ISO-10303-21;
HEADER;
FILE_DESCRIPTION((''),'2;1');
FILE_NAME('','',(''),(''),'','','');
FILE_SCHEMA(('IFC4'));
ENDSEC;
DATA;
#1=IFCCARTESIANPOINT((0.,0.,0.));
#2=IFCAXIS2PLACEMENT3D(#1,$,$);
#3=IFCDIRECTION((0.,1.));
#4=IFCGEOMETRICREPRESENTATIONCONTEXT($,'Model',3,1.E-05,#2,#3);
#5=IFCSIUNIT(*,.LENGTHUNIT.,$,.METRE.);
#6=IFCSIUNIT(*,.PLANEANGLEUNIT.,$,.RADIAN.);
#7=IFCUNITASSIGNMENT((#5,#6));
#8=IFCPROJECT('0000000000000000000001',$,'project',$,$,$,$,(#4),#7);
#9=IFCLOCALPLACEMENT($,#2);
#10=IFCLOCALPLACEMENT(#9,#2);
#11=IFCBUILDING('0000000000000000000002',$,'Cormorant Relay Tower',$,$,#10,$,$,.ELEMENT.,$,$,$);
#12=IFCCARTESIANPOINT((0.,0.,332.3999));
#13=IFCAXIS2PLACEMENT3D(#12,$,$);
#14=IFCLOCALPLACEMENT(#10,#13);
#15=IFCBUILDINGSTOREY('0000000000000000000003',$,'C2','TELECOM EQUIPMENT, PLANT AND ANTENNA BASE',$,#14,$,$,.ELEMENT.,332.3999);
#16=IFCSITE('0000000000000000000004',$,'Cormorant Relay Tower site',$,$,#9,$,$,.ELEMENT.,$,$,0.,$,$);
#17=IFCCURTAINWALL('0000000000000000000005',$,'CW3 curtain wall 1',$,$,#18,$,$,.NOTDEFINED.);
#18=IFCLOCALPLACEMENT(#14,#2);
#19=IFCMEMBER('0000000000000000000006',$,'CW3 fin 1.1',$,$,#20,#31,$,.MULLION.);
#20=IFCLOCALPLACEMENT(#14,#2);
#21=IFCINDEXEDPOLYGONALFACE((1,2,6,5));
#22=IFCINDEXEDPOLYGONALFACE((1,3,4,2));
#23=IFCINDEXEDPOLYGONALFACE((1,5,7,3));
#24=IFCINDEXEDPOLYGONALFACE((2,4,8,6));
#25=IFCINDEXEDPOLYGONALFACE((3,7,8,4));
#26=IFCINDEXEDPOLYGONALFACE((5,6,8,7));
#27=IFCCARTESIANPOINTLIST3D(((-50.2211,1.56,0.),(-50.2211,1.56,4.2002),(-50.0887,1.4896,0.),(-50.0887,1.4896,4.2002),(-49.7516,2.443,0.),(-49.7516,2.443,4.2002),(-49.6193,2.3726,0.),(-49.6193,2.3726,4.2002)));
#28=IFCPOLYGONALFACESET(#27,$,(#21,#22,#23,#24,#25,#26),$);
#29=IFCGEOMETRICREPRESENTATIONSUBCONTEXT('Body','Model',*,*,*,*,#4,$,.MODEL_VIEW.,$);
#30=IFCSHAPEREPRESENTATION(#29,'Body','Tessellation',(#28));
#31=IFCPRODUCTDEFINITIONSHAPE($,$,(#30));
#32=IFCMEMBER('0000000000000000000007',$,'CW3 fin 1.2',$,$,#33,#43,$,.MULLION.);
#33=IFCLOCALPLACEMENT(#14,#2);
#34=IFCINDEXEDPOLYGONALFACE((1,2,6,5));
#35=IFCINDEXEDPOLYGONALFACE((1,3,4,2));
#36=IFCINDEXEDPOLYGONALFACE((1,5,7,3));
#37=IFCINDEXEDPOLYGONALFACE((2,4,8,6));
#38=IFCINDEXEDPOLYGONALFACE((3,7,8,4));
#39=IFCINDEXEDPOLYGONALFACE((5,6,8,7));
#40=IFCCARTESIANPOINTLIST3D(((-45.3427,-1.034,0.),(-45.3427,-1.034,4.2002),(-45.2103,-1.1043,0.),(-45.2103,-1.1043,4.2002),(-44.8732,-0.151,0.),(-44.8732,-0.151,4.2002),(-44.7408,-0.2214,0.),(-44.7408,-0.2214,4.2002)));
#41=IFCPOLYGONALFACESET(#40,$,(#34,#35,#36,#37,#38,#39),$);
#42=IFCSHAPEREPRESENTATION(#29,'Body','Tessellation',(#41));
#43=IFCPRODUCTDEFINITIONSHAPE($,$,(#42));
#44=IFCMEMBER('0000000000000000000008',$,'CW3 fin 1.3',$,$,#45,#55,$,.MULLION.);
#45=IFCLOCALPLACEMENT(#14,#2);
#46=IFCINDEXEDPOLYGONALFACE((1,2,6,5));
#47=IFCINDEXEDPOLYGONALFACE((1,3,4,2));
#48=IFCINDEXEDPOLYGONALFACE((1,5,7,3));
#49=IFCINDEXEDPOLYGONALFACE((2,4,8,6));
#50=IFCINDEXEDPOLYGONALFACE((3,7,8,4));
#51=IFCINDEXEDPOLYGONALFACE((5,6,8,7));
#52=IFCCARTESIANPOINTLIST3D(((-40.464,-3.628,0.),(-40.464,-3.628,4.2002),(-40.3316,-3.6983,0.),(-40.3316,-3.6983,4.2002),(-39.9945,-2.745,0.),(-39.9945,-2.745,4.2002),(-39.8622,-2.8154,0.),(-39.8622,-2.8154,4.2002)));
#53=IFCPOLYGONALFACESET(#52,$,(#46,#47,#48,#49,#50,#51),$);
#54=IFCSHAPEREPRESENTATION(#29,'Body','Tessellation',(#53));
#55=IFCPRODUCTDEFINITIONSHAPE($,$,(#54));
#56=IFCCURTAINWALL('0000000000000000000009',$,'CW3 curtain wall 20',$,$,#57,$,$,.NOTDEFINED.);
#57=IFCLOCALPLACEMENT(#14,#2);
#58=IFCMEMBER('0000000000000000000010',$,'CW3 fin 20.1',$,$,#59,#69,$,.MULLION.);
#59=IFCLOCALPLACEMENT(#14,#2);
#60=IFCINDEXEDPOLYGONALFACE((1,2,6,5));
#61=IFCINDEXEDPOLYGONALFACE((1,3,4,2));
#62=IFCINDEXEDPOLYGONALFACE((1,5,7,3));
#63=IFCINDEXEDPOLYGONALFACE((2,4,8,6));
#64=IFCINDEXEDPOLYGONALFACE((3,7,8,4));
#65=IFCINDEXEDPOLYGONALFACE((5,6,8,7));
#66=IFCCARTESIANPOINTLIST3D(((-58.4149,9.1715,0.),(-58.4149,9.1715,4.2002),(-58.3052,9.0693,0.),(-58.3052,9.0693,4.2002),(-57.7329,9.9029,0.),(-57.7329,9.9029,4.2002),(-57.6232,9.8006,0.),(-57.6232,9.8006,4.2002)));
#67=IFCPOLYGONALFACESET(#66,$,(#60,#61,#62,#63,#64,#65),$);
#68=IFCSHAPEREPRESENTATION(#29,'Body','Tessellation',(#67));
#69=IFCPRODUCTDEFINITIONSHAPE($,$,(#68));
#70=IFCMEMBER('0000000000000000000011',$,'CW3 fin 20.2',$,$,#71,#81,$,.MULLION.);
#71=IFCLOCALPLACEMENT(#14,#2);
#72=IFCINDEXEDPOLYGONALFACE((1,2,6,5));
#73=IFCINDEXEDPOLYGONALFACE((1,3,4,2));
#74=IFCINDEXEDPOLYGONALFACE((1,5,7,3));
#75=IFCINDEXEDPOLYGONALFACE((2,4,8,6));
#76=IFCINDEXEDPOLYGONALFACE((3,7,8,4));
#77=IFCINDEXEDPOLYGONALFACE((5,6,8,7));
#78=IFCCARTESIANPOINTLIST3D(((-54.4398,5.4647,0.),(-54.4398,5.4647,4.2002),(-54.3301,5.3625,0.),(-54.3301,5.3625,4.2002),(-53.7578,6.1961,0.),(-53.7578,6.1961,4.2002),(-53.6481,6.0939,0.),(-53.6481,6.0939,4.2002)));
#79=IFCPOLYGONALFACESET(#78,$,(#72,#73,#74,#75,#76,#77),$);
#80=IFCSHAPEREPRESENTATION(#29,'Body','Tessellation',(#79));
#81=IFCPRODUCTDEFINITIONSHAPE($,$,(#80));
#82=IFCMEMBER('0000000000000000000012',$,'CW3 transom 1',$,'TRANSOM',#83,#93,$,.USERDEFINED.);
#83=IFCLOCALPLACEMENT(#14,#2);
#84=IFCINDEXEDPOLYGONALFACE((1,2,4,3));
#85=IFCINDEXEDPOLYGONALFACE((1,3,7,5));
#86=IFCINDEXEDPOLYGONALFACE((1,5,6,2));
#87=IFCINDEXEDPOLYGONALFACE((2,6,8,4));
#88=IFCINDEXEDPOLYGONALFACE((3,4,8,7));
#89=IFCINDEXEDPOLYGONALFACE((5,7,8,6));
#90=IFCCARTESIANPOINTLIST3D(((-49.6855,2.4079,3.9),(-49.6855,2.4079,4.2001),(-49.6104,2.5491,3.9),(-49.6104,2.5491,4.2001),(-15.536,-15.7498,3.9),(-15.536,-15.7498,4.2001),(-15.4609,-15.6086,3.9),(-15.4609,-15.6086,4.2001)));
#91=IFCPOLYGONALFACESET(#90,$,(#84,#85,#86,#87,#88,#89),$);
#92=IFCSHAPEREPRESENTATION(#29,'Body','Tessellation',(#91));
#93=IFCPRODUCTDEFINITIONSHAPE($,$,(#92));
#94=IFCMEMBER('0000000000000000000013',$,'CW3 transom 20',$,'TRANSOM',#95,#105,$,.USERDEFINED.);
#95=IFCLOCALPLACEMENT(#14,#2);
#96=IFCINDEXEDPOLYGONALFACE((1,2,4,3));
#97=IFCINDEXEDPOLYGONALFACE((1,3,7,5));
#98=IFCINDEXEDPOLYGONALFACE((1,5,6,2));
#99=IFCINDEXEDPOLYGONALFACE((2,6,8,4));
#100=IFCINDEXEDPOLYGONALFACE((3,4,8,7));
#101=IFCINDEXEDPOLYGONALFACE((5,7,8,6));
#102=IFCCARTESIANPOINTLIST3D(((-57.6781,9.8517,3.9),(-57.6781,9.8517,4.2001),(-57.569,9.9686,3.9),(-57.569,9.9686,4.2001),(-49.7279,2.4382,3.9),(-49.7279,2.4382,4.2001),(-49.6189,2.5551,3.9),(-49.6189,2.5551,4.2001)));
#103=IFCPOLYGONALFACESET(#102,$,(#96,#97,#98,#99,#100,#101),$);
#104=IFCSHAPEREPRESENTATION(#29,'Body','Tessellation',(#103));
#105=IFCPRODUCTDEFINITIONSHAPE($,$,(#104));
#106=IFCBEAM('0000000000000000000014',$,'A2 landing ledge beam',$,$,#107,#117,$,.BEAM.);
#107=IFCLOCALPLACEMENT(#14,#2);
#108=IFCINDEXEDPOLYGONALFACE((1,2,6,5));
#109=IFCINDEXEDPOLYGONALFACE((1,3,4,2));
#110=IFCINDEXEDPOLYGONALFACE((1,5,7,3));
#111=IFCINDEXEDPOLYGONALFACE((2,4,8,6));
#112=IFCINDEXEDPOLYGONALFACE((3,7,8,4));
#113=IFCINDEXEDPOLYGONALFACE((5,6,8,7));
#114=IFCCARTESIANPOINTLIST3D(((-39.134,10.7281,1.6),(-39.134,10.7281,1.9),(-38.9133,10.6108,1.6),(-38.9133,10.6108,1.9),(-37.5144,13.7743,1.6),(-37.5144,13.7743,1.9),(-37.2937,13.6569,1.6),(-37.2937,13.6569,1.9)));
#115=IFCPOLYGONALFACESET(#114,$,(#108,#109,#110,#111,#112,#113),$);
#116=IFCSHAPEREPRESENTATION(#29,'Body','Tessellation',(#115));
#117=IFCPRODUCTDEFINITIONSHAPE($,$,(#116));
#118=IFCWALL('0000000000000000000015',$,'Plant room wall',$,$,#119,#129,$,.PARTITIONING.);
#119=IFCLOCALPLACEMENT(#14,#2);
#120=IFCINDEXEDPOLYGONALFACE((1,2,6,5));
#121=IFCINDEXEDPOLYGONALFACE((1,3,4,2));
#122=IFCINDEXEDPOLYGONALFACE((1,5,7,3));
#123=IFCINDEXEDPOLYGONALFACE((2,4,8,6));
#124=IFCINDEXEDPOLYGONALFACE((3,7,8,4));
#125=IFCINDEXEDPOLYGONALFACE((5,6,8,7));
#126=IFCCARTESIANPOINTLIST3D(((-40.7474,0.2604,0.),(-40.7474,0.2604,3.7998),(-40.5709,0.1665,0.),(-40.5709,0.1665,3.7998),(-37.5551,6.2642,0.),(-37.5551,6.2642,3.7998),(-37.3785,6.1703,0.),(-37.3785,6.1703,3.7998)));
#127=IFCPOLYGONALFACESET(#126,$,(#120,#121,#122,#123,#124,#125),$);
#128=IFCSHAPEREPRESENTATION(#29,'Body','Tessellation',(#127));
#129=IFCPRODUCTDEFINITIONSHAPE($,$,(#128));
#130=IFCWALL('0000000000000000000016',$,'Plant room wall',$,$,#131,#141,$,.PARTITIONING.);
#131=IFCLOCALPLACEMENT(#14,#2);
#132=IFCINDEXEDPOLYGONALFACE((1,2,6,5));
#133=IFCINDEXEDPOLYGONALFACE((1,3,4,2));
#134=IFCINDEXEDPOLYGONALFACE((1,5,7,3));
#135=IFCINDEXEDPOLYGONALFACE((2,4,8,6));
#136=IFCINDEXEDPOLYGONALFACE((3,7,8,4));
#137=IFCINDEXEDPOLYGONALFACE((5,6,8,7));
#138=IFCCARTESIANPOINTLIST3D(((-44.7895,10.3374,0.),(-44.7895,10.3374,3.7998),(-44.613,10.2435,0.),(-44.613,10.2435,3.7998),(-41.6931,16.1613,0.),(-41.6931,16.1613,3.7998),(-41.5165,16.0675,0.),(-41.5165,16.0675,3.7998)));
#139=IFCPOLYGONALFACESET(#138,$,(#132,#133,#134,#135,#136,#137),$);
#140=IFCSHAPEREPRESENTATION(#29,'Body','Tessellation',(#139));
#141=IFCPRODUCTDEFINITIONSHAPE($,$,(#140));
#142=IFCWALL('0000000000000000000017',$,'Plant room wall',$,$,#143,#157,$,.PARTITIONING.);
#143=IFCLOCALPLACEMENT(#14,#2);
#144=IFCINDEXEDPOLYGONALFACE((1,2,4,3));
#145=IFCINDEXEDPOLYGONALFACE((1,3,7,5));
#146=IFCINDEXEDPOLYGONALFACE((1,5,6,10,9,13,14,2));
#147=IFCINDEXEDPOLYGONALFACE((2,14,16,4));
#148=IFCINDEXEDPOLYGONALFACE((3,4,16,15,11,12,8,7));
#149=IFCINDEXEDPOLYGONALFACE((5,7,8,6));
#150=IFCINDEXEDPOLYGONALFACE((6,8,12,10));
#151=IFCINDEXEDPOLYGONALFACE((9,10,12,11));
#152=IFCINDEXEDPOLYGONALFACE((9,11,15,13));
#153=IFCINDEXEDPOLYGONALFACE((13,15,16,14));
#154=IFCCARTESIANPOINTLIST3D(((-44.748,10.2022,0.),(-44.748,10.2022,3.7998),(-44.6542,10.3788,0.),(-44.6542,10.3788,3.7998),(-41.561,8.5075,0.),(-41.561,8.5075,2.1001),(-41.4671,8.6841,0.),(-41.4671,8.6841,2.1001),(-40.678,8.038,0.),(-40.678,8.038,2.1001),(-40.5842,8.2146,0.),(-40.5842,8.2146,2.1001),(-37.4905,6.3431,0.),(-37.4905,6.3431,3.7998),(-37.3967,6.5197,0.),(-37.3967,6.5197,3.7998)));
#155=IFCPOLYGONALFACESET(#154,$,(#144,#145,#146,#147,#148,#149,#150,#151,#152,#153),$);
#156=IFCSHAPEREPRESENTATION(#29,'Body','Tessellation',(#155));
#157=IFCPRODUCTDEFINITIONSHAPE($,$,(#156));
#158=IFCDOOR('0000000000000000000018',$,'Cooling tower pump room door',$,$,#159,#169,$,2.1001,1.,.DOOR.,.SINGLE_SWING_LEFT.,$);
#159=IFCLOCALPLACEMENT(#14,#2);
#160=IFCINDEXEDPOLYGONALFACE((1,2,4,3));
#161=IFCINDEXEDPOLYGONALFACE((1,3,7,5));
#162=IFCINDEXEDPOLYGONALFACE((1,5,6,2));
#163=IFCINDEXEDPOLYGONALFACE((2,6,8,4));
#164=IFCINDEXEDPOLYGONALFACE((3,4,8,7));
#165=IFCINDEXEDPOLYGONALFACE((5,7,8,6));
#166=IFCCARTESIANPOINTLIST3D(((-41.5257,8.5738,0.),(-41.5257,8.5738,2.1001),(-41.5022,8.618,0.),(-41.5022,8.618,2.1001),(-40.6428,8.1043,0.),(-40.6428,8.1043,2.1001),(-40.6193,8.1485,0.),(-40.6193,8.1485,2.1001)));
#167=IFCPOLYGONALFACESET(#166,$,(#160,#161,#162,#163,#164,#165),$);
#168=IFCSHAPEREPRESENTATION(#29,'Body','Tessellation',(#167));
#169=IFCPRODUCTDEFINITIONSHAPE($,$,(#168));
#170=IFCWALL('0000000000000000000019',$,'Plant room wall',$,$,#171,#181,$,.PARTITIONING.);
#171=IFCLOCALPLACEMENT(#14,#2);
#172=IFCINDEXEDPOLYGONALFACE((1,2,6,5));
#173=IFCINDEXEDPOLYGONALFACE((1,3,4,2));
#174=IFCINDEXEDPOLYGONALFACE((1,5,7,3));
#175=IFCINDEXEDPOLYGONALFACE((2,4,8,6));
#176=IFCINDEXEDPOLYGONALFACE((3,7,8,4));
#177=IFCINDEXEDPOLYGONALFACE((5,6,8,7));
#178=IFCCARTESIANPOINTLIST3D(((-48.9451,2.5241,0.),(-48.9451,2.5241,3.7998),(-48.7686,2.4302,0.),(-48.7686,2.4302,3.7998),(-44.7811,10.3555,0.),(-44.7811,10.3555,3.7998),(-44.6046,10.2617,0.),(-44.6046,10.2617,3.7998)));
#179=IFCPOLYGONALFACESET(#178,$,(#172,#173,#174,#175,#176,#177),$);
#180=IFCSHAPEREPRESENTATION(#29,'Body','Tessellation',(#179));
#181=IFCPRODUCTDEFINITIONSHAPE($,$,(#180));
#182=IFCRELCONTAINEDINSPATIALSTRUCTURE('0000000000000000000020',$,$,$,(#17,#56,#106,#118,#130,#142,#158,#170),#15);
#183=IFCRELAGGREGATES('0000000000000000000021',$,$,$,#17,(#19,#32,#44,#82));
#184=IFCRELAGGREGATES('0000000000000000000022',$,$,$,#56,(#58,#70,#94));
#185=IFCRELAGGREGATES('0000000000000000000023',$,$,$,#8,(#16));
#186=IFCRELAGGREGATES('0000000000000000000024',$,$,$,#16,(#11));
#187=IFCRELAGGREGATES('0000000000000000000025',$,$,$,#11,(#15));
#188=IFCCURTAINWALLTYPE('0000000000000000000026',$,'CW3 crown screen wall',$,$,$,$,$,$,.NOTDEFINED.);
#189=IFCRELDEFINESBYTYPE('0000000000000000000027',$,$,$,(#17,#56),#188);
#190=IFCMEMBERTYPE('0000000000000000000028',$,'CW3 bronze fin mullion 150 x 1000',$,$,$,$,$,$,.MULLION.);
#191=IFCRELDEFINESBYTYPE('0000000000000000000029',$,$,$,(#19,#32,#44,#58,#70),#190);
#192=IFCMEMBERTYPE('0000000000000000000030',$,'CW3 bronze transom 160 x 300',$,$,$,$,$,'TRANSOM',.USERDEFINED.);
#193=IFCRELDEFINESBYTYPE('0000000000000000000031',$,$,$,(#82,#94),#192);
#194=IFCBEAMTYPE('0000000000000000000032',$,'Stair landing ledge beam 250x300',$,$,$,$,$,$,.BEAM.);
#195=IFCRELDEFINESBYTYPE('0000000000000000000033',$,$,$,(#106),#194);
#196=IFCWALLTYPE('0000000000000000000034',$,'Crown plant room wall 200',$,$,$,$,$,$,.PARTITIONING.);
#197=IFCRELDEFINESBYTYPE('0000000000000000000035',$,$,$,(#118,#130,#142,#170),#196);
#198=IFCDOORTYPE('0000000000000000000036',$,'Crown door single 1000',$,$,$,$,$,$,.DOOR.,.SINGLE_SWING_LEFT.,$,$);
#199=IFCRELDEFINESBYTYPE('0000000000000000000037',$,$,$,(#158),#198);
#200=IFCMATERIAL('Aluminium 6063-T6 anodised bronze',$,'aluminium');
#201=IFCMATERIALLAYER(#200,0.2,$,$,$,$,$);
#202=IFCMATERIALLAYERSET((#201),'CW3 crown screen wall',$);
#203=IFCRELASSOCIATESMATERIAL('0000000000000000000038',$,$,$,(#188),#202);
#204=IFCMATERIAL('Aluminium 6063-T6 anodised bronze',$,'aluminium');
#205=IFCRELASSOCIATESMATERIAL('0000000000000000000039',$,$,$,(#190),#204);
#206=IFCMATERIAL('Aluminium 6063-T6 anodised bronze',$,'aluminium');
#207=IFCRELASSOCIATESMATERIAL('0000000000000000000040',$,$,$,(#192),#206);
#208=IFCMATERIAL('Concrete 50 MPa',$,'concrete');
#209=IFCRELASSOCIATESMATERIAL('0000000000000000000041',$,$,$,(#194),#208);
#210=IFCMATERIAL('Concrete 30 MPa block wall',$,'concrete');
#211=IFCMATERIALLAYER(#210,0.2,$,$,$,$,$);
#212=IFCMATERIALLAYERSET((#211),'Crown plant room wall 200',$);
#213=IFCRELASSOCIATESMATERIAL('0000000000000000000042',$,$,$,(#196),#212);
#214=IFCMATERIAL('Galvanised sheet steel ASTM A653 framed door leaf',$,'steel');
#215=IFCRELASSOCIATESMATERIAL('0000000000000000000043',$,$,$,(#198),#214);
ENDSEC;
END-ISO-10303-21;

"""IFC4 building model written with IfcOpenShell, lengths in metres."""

from ifc_helpers import new_model, si_unit, direction, frame, frame_2d, origin, origin_2d, place, context, subcontext, project, spatial, rectangle, extrude, material, layer, layer_set, material_profile, profile_set, type_object, element, fill, aggregate, save


model = new_model("IFC4")

# Units and contexts
model_context = context("Model", 3, precision=1e-05, world=origin(), true_north=direction((0.0, 1.0)))
body_context = subcontext(model_context, "Body", "Model", "MODEL_VIEW")
ifc_project = project(units=[si_unit("LENGTHUNIT", "METRE"), si_unit("PLANEANGLEUNIT", "RADIAN")], contexts=[model_context])

# Site, building, storey
site_placement = place(None, origin())
site = spatial("IfcSite", under=ifc_project, at=site_placement, Name="Cormorant Relay Tower site", CompositionType="ELEMENT", RefElevation=0.0)
building_placement = place(site_placement, origin())
building = spatial("IfcBuilding", under=site, at=building_placement, Name="Cormorant Relay Tower", CompositionType="ELEMENT")
storey_placement = place(building_placement, frame((0.0, 0.0, 332.3999)))
storey = spatial("IfcBuildingStorey", under=building, at=storey_placement, Name="C2", Description="TELECOM EQUIPMENT, PLANT AND ANTENNA BASE", CompositionType="ELEMENT", Elevation=332.3999)

# Curtain walls, members
ifc_material_1 = material(Name="Aluminium 6063-T6 anodised bronze", Category="aluminium")
ifc_layer_1 = layer(ifc_material_1, 0.2)
ifc_layer_set_1 = layer_set([ifc_layer_1], Name="CW3 crown screen wall")
curtain_wall_type = type_object("IfcCurtainWallType", Name="CW3 crown screen wall", PredefinedType="NOTDEFINED", material=ifc_layer_set_1)
curtain_wall_1_placement = place(storey_placement, origin())
curtain_wall_1 = element("IfcCurtainWall", 1, at=curtain_wall_1_placement, inside=storey, type_object=curtain_wall_type, Name="CW3 curtain wall 1", PredefinedType="NOTDEFINED")
ifc_material_2 = material(Name="Aluminium 6063-T6 anodised bronze", Category="aluminium")
ifc_material_profile_1 = material_profile(ifc_material_2, rectangle(XDim=0.1499, YDim=1.0, at=origin_2d()), Name="AL 150x1000")
ifc_profile_set_1 = profile_set([ifc_material_profile_1], Name="Aluminium 6063-T6 anodised bronze")
member_type_1 = type_object("IfcMemberType", Name="CW3 bronze fin mullion 150 x 1000", PredefinedType="MULLION", material=ifc_profile_set_1)
member_1_placement = place(storey_placement, frame((-49.9202, 1.9663, 0.0), z_axis=(0.0, 0.0, 1.0), x_axis=(0.882948, -0.469472, 0.0)))
member_1 = element("IfcMember", 2, at=member_1_placement, type_object=member_type_1, Name="CW3 fin 1.1", PredefinedType="MULLION", context=body_context, shape_type="SweptSolid", body=[
    extrude(rectangle(XDim=0.1499, YDim=1.0, at=origin_2d()), origin(), (0.0, 0.0, 1.0), 4.2002),
])
member_2_placement = place(storey_placement, frame((-45.0417, -0.6277, 0.0), z_axis=(0.0, 0.0, 1.0), x_axis=(0.882948, -0.469472, 0.0)))
member_2 = element("IfcMember", 3, at=member_2_placement, type_object=member_type_1, Name="CW3 fin 1.2", PredefinedType="MULLION", context=body_context, shape_type="SweptSolid", body=[
    extrude(rectangle(XDim=0.1499, YDim=1.0, at=origin_2d()), origin(), (0.0, 0.0, 1.0), 4.2002),
])
member_3_placement = place(storey_placement, frame((-40.1631, -3.2217, 0.0), z_axis=(0.0, 0.0, 1.0), x_axis=(0.882948, -0.469472, 0.0)))
member_3 = element("IfcMember", 4, at=member_3_placement, type_object=member_type_1, Name="CW3 fin 1.3", PredefinedType="MULLION", context=body_context, shape_type="SweptSolid", body=[
    extrude(rectangle(XDim=0.1499, YDim=1.0, at=origin_2d()), origin(), (0.0, 0.0, 1.0), 4.2002),
])
curtain_wall_2_placement = place(storey_placement, origin())
curtain_wall_2 = element("IfcCurtainWall", 5, at=curtain_wall_2_placement, inside=storey, type_object=curtain_wall_type, Name="CW3 curtain wall 20", PredefinedType="NOTDEFINED")
member_4_placement = place(storey_placement, frame((-58.019, 9.4861, 0.0), z_axis=(0.0, 0.0, 1.0), x_axis=(0.731354, -0.681998, 0.0)))
member_4 = element("IfcMember", 6, at=member_4_placement, type_object=member_type_1, Name="CW3 fin 20.1", PredefinedType="MULLION", context=body_context, shape_type="SweptSolid", body=[
    extrude(rectangle(XDim=0.1499, YDim=1.0, at=origin_2d()), origin(), (0.0, 0.0, 1.0), 4.2002),
])
member_5_placement = place(storey_placement, frame((-54.0439, 5.7793, 0.0), z_axis=(0.0, 0.0, 1.0), x_axis=(0.731354, -0.681998, 0.0)))
member_5 = element("IfcMember", 7, at=member_5_placement, type_object=member_type_1, Name="CW3 fin 20.2", PredefinedType="MULLION", context=body_context, shape_type="SweptSolid", body=[
    extrude(rectangle(XDim=0.1499, YDim=1.0, at=origin_2d()), origin(), (0.0, 0.0, 1.0), 4.2002),
])

# Members
ifc_material_3 = material(Name="Aluminium 6063-T6 anodised bronze", Category="aluminium")
ifc_material_profile_2 = material_profile(ifc_material_3, rectangle(XDim=0.1599, YDim=0.3, at=origin_2d()), Name="AL 160x300")
ifc_profile_set_2 = profile_set([ifc_material_profile_2], Name="Aluminium 6063-T6 anodised bronze")
member_type_2 = type_object("IfcMemberType", Name="CW3 bronze transom 160 x 300", ElementType="TRANSOM", PredefinedType="USERDEFINED", material=ifc_profile_set_2)
member_6_placement = place(storey_placement, frame((-49.6479, 2.4785, 4.05), z_axis=(0.882946, -0.469475, 0.0), x_axis=(0.469475, 0.882946, 0.0)))
member_6 = element("IfcMember", 8, at=member_6_placement, type_object=member_type_2, Name="CW3 transom 1", ObjectType="TRANSOM", PredefinedType="USERDEFINED", context=body_context, shape_type="SweptSolid", body=[
    extrude(rectangle(XDim=0.1599, YDim=0.3, at=origin_2d()), origin(), (0.0, 0.0, 1.0), 38.6768),
])
member_7_placement = place(storey_placement, frame((-57.6235, 9.9102, 4.05), z_axis=(0.731358, -0.681993, 0.0), x_axis=(0.681993, 0.731358, 0.0)))
member_7 = element("IfcMember", 9, at=member_7_placement, type_object=member_type_2, Name="CW3 transom 20", ObjectType="TRANSOM", PredefinedType="USERDEFINED", context=body_context, shape_type="SweptSolid", body=[
    extrude(rectangle(XDim=0.1599, YDim=0.3, at=origin_2d()), origin(), (0.0, 0.0, 1.0), 10.8704),
])

# Beam
ifc_material_4 = material(Name="Concrete 50 MPa", Category="concrete")
ifc_material_profile_3 = material_profile(ifc_material_4, rectangle(XDim=0.25, YDim=0.3, at=origin_2d()), Name="RC 250x300")
ifc_profile_set_3 = profile_set([ifc_material_profile_3], Name="Concrete 50 MPa")
beam_type = type_object("IfcBeamType", Name="Stair landing ledge beam 250x300", PredefinedType="BEAM", material=ifc_profile_set_3)
beam_placement = place(storey_placement, frame((-37.4041, 13.7156, 1.75), z_axis=(-0.469464, -0.882952, 0.0), x_axis=(0.882952, -0.469464, 0.0)))
element("IfcBeam", 10, at=beam_placement, inside=storey, type_object=beam_type, Name="A2 landing ledge beam", PredefinedType="BEAM", context=body_context, shape_type="SweptSolid", body=[
    extrude(rectangle(XDim=0.25, YDim=0.3, at=origin_2d()), origin(), (0.0, 0.0, 1.0), 3.45),
])

# Walls
ifc_material_5 = material(Name="Concrete 30 MPa block wall", Category="concrete")
ifc_layer_2 = layer(ifc_material_5, 0.2)
ifc_layer_set_2 = layer_set([ifc_layer_2], Name="Crown plant room wall 200")
wall_type_1 = type_object("IfcWallType", Name="Crown plant room wall 200", PredefinedType="PARTITIONING", material=ifc_layer_set_2)
wall_1_placement = place(storey_placement, frame((-37.4668, 6.2173, 0.0), z_axis=(0.0, 0.0, 1.0), x_axis=(-0.469477, -0.882945, 0.0)))
element("IfcWall", 11, at=wall_1_placement, inside=storey, type_object=wall_type_1, Name="Plant room wall", PredefinedType="PARTITIONING", context=body_context, shape_type="SweptSolid", body=[
    extrude(rectangle(XDim=6.7998, YDim=0.2, at=frame_2d((3.3999, 0.0))), origin(), (0.0, 0.0, 1.0), 3.7998),
])
wall_2_placement = place(storey_placement, frame((-44.7012, 10.2905, 0.0), z_axis=(0.0, 0.0, 1.0), x_axis=(0.469445, 0.882962, 0.0)))
element("IfcWall", 12, at=wall_2_placement, inside=storey, type_object=wall_type_1, Name="Plant room wall", PredefinedType="PARTITIONING", context=body_context, shape_type="SweptSolid", body=[
    extrude(rectangle(XDim=6.5959, YDim=0.2, at=frame_2d((3.2979, 0.0))), origin(), (0.0, 0.0, 1.0), 3.7998),
])

# Wall, opening, door
wall_3_placement = place(storey_placement, frame((-37.4436, 6.4314, 0.0), z_axis=(0.0, 0.0, 1.0), x_axis=(-0.882937, 0.469492, 0.0)))
wall_3 = element("IfcWall", 13, at=wall_3_placement, inside=storey, type_object=wall_type_1, Name="Plant room wall", PredefinedType="PARTITIONING", context=body_context, shape_type="SweptSolid", body=[
    extrude(rectangle(XDim=8.2197, YDim=0.2, at=frame_2d((4.1099, 0.0))), origin(), (0.0, 0.0, 1.0), 3.7998),
])
opening_1_placement = place(wall_3_placement, frame((3.6101, 0.0, 0.0)))
opening_1 = element("IfcOpeningElement", 14, at=opening_1_placement, cuts=wall_3, PredefinedType="OPENING", context=body_context, shape_type="SweptSolid", body=[
    extrude(rectangle(XDim=1.0, YDim=2.1001, at=frame_2d((0.5, 1.05))), frame((0.0, 0.1099, 0.0), z_axis=(0.0, -1.0, 0.0), x_axis=(1.0, 0.0, 0.0)), (0.0, 0.0, 1.0), 0.22),
])
ifc_material_6 = material(Name="Galvanised sheet steel ASTM A653 framed door leaf", Category="steel")
door_type_1 = type_object("IfcDoorType", Name="Crown door single 1000", OperationType="SINGLE_SWING_LEFT", PredefinedType="DOOR", material=ifc_material_6)
door_1_placement = place(opening_1_placement, origin())
door_1 = element("IfcDoor", 15, at=door_1_placement, inside=storey, type_object=door_type_1, Name="Cooling tower pump room door", OperationType="SINGLE_SWING_LEFT", OverallHeight=2.1001, OverallWidth=1.0, PredefinedType="DOOR", context=body_context, shape_type="SweptSolid", body=[
    extrude(rectangle(XDim=1.0, YDim=2.1001, at=frame_2d((0.5, 1.05))), frame((0.0, 0.0249, 0.0), z_axis=(0.0, -1.0, 0.0), x_axis=(1.0, 0.0, 0.0)), (0.0, 0.0, 1.0), 0.05),
])
fill(opening_1, door_1)

# Wall
wall_4_placement = place(storey_placement, frame((-44.6929, 10.3086, 0.0), z_axis=(0.0, 0.0, 1.0), x_axis=(-0.469468, -0.88295, 0.0)))
element("IfcWall", 16, at=wall_4_placement, inside=storey, type_object=wall_type_1, Name="Plant room wall", PredefinedType="PARTITIONING", context=body_context, shape_type="SweptSolid", body=[
    extrude(rectangle(XDim=8.8696, YDim=0.2, at=frame_2d((4.4348, 0.0))), origin(), (0.0, 0.0, 1.0), 3.7998),
])

aggregate(curtain_wall_1, [member_1, member_2, member_3, member_6])

aggregate(curtain_wall_2, [member_4, member_5, member_7])

save(model, "model.ifc")
